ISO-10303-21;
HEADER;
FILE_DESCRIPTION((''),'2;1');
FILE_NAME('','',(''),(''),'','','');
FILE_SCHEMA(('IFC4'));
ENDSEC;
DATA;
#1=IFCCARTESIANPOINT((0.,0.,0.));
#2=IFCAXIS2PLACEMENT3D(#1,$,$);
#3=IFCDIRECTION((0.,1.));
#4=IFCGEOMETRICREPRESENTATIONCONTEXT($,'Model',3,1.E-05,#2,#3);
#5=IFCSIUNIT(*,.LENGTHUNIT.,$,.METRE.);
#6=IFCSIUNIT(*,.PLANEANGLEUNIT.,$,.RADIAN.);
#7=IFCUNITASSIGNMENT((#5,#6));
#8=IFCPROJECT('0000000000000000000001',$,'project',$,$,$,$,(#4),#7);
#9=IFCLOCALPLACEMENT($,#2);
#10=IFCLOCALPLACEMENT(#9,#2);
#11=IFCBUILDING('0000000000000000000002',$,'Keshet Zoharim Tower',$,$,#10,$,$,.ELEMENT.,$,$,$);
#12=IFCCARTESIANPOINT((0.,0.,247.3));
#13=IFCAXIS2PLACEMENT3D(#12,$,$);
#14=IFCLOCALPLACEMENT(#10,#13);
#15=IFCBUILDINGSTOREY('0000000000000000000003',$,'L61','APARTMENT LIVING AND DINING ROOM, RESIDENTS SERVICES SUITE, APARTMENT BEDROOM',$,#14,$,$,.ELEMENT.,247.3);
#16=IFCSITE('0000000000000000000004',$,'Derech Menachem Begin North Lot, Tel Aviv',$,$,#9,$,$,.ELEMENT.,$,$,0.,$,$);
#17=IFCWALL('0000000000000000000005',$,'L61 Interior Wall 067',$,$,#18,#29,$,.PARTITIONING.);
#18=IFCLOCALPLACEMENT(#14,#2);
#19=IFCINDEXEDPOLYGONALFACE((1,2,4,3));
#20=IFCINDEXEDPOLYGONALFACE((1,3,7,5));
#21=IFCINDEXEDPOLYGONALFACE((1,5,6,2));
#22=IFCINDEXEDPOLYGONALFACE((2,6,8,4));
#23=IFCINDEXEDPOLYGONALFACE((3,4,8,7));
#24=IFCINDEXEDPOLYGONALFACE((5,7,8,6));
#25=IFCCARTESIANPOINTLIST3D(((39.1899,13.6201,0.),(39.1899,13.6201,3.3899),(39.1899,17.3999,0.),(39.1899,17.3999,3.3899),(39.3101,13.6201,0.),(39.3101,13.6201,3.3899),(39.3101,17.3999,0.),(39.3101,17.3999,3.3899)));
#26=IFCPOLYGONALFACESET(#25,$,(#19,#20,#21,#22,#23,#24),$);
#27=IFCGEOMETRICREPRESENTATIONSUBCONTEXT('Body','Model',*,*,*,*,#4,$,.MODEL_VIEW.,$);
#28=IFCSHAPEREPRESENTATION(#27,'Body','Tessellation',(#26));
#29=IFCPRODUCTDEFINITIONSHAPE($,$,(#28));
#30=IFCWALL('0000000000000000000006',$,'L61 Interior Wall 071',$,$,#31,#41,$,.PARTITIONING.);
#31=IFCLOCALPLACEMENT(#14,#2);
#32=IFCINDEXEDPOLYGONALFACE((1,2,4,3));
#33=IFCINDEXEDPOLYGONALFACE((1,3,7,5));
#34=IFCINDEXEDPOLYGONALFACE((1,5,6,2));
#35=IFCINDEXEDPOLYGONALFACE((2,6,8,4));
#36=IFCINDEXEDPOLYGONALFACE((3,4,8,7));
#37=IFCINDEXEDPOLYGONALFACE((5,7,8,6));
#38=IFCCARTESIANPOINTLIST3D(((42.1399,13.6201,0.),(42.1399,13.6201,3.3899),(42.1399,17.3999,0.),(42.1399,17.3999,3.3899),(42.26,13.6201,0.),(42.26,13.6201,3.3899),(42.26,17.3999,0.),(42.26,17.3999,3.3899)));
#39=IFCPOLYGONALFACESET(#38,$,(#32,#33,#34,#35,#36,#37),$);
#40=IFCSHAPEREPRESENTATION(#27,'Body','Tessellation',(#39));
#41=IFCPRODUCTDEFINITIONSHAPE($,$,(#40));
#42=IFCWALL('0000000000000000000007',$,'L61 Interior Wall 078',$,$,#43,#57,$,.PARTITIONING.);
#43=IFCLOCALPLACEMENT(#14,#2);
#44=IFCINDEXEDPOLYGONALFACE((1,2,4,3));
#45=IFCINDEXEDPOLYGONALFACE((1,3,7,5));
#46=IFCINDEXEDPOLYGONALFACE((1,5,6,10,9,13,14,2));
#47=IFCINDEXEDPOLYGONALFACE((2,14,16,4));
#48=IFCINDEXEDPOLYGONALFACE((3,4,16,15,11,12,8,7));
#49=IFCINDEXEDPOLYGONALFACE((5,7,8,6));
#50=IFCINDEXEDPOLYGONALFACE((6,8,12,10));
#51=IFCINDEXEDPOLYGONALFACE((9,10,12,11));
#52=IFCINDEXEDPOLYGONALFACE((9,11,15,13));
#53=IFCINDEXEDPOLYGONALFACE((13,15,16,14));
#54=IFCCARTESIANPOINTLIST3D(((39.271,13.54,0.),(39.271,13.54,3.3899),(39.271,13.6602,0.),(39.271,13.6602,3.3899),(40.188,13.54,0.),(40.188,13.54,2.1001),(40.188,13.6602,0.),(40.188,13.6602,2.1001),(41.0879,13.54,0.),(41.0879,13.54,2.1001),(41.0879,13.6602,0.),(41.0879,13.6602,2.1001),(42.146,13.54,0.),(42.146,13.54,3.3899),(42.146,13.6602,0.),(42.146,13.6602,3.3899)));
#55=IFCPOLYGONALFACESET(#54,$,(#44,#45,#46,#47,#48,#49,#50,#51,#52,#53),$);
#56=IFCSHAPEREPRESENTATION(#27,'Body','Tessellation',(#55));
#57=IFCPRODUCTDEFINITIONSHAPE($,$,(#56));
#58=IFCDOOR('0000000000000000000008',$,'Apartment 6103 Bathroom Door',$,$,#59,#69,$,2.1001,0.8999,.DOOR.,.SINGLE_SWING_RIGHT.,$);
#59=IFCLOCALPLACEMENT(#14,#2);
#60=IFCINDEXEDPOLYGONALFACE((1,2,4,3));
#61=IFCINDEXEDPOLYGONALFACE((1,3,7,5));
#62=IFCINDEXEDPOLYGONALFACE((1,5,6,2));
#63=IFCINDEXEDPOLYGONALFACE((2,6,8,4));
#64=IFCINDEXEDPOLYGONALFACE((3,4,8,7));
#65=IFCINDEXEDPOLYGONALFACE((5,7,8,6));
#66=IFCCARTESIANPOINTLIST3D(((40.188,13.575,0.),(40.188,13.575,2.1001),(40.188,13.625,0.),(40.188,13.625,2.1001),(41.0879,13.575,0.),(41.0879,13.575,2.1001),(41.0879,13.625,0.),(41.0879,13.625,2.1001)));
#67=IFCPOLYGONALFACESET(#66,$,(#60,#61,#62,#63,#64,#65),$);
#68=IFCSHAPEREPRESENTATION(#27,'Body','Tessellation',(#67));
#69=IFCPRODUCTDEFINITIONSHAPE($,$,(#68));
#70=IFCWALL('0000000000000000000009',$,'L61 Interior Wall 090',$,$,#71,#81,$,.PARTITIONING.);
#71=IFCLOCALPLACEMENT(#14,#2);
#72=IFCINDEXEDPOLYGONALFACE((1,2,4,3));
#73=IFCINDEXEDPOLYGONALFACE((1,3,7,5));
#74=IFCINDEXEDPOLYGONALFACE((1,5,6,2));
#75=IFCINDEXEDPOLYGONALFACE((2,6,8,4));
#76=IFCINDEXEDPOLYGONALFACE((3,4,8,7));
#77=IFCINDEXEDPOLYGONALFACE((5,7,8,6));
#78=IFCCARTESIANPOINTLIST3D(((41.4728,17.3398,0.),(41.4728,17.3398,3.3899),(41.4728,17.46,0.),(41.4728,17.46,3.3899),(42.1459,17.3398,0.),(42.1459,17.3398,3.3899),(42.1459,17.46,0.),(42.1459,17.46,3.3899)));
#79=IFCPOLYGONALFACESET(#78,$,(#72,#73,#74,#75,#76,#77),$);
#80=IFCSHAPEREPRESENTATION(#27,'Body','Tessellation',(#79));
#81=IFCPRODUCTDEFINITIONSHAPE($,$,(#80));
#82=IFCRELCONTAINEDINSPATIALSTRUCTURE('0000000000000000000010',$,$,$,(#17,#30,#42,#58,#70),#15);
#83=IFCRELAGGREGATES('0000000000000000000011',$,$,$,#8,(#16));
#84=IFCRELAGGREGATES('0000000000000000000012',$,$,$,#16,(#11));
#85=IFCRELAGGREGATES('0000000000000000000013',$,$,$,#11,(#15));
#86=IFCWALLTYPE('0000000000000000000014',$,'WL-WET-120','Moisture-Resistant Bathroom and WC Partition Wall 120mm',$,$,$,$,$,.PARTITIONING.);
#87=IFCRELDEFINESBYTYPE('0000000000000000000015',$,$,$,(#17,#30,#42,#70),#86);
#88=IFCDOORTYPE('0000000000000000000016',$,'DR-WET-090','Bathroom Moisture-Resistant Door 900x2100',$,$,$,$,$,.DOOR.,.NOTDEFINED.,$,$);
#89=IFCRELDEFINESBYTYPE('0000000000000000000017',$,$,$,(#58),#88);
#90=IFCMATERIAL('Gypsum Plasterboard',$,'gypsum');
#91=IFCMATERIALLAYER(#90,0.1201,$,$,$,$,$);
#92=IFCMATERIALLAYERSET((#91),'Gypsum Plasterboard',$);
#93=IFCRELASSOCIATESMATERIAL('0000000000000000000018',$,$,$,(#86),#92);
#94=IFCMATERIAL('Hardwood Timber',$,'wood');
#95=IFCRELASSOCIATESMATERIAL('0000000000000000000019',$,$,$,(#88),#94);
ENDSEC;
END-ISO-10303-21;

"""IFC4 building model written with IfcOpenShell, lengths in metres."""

from ifc_helpers import new_model, si_unit, direction, frame, frame_2d, origin, place, context, subcontext, project, spatial, rectangle, extrude, material, layer, layer_set, type_object, element, fill, save


model = new_model("IFC4")

# Units and contexts
model_context = context("Model", 3, precision=1e-05, world=origin(), true_north=direction((0.0, 1.0)))
body_context = subcontext(model_context, "Body", "Model", "MODEL_VIEW")
ifc_project = project(units=[si_unit("LENGTHUNIT", "METRE"), si_unit("PLANEANGLEUNIT", "RADIAN")], contexts=[model_context])

# Site, building, storey
site_placement = place(None, origin())
site = spatial("IfcSite", under=ifc_project, at=site_placement, Name="Derech Menachem Begin North Lot, Tel Aviv", CompositionType="ELEMENT", RefElevation=0.0)
building_placement = place(site_placement, origin())
building = spatial("IfcBuilding", under=site, at=building_placement, Name="Keshet Zoharim Tower", CompositionType="ELEMENT")
storey_placement = place(building_placement, frame((0.0, 0.0, 247.3)))
storey = spatial("IfcBuildingStorey", under=building, at=storey_placement, Name="L61", Description="APARTMENT LIVING AND DINING ROOM, RESIDENTS SERVICES SUITE, APARTMENT BEDROOM", CompositionType="ELEMENT", Elevation=247.3)

# Shared definitions
ifc_material_1 = material(Name="Gypsum Plasterboard", Category="gypsum")

# Shared definitions
ifc_material_2 = material(Name="Hardwood Timber", Category="wood")

# Walls
ifc_layer_1 = layer(ifc_material_1, 0.1201)
ifc_layer_set_1 = layer_set([ifc_layer_1], Name="Gypsum Plasterboard")
wall_type_1 = type_object("IfcWallType", Name="WL-WET-120", Description="Moisture-Resistant Bathroom and WC Partition Wall 120mm", PredefinedType="PARTITIONING", material=ifc_layer_set_1)
for number, where, z_axis, x_axis, name in (
    (1, (39.25, 13.6201, 0.0), (0.0, 0.0, 1.0), (0.0, 1.0, 0.0), "L61 Interior Wall 067"),
    (2, (42.2, 13.6201, 0.0), (0.0, 0.0, 1.0), (0.0, 1.0, 0.0), "L61 Interior Wall 071"),
):
    element("IfcWall", number, at=place(storey_placement, frame(where, z_axis=z_axis, x_axis=x_axis)), inside=storey, type_object=wall_type_1, Name=name, PredefinedType="PARTITIONING", context=body_context, shape_type="SweptSolid", body=[
        extrude(rectangle(XDim=3.7798, YDim=0.1201, at=frame_2d((1.8899, 0.0))), origin(), (0.0, 0.0, 1.0), 3.3899),
    ])

# Wall, opening, door
wall_1_placement = place(storey_placement, frame((39.271, 13.6001, 0.0), z_axis=(0.0, 0.0, 1.0), x_axis=(1.0, 0.0, 0.0)))
wall_1 = element("IfcWall", 3, at=wall_1_placement, inside=storey, type_object=wall_type_1, Name="L61 Interior Wall 078", PredefinedType="PARTITIONING", context=body_context, shape_type="SweptSolid", body=[
    extrude(rectangle(XDim=2.875, YDim=0.1201, at=frame_2d((1.4375, 0.0))), origin(), (0.0, 0.0, 1.0), 3.3899),
])
opening_1_placement = place(wall_1_placement, frame((0.917, 0.0, 0.0)))
opening_1 = element("IfcOpeningElement", 4, at=opening_1_placement, cuts=wall_1, PredefinedType="OPENING", context=body_context, shape_type="SweptSolid", body=[
    extrude(rectangle(XDim=0.8999, YDim=2.1001, at=frame_2d((0.45, 1.05))), frame((0.0, 0.0701, 0.0), z_axis=(0.0, -1.0, 0.0), x_axis=(1.0, 0.0, 0.0)), (0.0, 0.0, 1.0), 0.1401),
])
door_type_1 = type_object("IfcDoorType", Name="DR-WET-090", Description="Bathroom Moisture-Resistant Door 900x2100", OperationType="NOTDEFINED", PredefinedType="DOOR", material=ifc_material_2)
door_1_placement = place(opening_1_placement, origin())
door_1 = element("IfcDoor", 5, at=door_1_placement, inside=storey, type_object=door_type_1, Name="Apartment 6103 Bathroom Door", OperationType="SINGLE_SWING_RIGHT", OverallHeight=2.1001, OverallWidth=0.8999, PredefinedType="DOOR", context=body_context, shape_type="SweptSolid", body=[
    extrude(rectangle(XDim=0.8999, YDim=2.1001, at=frame_2d((0.45, 1.05))), frame((0.0, 0.0249, 0.0), z_axis=(0.0, -1.0, 0.0), x_axis=(1.0, 0.0, 0.0)), (0.0, 0.0, 1.0), 0.05),
])
fill(opening_1, door_1)

# Wall
wall_2_placement = place(storey_placement, frame((41.4729, 17.3999, 0.0), z_axis=(0.0, 0.0, 1.0), x_axis=(1.0, 0.0, 0.0)))
element("IfcWall", 6, at=wall_2_placement, inside=storey, type_object=wall_type_1, Name="L61 Interior Wall 090", PredefinedType="PARTITIONING", context=body_context, shape_type="SweptSolid", body=[
    extrude(rectangle(XDim=0.6731, YDim=0.1201, at=frame_2d((0.3364, 0.0))), origin(), (0.0, 0.0, 1.0), 3.3899),
])

save(model, "model.ifc")
